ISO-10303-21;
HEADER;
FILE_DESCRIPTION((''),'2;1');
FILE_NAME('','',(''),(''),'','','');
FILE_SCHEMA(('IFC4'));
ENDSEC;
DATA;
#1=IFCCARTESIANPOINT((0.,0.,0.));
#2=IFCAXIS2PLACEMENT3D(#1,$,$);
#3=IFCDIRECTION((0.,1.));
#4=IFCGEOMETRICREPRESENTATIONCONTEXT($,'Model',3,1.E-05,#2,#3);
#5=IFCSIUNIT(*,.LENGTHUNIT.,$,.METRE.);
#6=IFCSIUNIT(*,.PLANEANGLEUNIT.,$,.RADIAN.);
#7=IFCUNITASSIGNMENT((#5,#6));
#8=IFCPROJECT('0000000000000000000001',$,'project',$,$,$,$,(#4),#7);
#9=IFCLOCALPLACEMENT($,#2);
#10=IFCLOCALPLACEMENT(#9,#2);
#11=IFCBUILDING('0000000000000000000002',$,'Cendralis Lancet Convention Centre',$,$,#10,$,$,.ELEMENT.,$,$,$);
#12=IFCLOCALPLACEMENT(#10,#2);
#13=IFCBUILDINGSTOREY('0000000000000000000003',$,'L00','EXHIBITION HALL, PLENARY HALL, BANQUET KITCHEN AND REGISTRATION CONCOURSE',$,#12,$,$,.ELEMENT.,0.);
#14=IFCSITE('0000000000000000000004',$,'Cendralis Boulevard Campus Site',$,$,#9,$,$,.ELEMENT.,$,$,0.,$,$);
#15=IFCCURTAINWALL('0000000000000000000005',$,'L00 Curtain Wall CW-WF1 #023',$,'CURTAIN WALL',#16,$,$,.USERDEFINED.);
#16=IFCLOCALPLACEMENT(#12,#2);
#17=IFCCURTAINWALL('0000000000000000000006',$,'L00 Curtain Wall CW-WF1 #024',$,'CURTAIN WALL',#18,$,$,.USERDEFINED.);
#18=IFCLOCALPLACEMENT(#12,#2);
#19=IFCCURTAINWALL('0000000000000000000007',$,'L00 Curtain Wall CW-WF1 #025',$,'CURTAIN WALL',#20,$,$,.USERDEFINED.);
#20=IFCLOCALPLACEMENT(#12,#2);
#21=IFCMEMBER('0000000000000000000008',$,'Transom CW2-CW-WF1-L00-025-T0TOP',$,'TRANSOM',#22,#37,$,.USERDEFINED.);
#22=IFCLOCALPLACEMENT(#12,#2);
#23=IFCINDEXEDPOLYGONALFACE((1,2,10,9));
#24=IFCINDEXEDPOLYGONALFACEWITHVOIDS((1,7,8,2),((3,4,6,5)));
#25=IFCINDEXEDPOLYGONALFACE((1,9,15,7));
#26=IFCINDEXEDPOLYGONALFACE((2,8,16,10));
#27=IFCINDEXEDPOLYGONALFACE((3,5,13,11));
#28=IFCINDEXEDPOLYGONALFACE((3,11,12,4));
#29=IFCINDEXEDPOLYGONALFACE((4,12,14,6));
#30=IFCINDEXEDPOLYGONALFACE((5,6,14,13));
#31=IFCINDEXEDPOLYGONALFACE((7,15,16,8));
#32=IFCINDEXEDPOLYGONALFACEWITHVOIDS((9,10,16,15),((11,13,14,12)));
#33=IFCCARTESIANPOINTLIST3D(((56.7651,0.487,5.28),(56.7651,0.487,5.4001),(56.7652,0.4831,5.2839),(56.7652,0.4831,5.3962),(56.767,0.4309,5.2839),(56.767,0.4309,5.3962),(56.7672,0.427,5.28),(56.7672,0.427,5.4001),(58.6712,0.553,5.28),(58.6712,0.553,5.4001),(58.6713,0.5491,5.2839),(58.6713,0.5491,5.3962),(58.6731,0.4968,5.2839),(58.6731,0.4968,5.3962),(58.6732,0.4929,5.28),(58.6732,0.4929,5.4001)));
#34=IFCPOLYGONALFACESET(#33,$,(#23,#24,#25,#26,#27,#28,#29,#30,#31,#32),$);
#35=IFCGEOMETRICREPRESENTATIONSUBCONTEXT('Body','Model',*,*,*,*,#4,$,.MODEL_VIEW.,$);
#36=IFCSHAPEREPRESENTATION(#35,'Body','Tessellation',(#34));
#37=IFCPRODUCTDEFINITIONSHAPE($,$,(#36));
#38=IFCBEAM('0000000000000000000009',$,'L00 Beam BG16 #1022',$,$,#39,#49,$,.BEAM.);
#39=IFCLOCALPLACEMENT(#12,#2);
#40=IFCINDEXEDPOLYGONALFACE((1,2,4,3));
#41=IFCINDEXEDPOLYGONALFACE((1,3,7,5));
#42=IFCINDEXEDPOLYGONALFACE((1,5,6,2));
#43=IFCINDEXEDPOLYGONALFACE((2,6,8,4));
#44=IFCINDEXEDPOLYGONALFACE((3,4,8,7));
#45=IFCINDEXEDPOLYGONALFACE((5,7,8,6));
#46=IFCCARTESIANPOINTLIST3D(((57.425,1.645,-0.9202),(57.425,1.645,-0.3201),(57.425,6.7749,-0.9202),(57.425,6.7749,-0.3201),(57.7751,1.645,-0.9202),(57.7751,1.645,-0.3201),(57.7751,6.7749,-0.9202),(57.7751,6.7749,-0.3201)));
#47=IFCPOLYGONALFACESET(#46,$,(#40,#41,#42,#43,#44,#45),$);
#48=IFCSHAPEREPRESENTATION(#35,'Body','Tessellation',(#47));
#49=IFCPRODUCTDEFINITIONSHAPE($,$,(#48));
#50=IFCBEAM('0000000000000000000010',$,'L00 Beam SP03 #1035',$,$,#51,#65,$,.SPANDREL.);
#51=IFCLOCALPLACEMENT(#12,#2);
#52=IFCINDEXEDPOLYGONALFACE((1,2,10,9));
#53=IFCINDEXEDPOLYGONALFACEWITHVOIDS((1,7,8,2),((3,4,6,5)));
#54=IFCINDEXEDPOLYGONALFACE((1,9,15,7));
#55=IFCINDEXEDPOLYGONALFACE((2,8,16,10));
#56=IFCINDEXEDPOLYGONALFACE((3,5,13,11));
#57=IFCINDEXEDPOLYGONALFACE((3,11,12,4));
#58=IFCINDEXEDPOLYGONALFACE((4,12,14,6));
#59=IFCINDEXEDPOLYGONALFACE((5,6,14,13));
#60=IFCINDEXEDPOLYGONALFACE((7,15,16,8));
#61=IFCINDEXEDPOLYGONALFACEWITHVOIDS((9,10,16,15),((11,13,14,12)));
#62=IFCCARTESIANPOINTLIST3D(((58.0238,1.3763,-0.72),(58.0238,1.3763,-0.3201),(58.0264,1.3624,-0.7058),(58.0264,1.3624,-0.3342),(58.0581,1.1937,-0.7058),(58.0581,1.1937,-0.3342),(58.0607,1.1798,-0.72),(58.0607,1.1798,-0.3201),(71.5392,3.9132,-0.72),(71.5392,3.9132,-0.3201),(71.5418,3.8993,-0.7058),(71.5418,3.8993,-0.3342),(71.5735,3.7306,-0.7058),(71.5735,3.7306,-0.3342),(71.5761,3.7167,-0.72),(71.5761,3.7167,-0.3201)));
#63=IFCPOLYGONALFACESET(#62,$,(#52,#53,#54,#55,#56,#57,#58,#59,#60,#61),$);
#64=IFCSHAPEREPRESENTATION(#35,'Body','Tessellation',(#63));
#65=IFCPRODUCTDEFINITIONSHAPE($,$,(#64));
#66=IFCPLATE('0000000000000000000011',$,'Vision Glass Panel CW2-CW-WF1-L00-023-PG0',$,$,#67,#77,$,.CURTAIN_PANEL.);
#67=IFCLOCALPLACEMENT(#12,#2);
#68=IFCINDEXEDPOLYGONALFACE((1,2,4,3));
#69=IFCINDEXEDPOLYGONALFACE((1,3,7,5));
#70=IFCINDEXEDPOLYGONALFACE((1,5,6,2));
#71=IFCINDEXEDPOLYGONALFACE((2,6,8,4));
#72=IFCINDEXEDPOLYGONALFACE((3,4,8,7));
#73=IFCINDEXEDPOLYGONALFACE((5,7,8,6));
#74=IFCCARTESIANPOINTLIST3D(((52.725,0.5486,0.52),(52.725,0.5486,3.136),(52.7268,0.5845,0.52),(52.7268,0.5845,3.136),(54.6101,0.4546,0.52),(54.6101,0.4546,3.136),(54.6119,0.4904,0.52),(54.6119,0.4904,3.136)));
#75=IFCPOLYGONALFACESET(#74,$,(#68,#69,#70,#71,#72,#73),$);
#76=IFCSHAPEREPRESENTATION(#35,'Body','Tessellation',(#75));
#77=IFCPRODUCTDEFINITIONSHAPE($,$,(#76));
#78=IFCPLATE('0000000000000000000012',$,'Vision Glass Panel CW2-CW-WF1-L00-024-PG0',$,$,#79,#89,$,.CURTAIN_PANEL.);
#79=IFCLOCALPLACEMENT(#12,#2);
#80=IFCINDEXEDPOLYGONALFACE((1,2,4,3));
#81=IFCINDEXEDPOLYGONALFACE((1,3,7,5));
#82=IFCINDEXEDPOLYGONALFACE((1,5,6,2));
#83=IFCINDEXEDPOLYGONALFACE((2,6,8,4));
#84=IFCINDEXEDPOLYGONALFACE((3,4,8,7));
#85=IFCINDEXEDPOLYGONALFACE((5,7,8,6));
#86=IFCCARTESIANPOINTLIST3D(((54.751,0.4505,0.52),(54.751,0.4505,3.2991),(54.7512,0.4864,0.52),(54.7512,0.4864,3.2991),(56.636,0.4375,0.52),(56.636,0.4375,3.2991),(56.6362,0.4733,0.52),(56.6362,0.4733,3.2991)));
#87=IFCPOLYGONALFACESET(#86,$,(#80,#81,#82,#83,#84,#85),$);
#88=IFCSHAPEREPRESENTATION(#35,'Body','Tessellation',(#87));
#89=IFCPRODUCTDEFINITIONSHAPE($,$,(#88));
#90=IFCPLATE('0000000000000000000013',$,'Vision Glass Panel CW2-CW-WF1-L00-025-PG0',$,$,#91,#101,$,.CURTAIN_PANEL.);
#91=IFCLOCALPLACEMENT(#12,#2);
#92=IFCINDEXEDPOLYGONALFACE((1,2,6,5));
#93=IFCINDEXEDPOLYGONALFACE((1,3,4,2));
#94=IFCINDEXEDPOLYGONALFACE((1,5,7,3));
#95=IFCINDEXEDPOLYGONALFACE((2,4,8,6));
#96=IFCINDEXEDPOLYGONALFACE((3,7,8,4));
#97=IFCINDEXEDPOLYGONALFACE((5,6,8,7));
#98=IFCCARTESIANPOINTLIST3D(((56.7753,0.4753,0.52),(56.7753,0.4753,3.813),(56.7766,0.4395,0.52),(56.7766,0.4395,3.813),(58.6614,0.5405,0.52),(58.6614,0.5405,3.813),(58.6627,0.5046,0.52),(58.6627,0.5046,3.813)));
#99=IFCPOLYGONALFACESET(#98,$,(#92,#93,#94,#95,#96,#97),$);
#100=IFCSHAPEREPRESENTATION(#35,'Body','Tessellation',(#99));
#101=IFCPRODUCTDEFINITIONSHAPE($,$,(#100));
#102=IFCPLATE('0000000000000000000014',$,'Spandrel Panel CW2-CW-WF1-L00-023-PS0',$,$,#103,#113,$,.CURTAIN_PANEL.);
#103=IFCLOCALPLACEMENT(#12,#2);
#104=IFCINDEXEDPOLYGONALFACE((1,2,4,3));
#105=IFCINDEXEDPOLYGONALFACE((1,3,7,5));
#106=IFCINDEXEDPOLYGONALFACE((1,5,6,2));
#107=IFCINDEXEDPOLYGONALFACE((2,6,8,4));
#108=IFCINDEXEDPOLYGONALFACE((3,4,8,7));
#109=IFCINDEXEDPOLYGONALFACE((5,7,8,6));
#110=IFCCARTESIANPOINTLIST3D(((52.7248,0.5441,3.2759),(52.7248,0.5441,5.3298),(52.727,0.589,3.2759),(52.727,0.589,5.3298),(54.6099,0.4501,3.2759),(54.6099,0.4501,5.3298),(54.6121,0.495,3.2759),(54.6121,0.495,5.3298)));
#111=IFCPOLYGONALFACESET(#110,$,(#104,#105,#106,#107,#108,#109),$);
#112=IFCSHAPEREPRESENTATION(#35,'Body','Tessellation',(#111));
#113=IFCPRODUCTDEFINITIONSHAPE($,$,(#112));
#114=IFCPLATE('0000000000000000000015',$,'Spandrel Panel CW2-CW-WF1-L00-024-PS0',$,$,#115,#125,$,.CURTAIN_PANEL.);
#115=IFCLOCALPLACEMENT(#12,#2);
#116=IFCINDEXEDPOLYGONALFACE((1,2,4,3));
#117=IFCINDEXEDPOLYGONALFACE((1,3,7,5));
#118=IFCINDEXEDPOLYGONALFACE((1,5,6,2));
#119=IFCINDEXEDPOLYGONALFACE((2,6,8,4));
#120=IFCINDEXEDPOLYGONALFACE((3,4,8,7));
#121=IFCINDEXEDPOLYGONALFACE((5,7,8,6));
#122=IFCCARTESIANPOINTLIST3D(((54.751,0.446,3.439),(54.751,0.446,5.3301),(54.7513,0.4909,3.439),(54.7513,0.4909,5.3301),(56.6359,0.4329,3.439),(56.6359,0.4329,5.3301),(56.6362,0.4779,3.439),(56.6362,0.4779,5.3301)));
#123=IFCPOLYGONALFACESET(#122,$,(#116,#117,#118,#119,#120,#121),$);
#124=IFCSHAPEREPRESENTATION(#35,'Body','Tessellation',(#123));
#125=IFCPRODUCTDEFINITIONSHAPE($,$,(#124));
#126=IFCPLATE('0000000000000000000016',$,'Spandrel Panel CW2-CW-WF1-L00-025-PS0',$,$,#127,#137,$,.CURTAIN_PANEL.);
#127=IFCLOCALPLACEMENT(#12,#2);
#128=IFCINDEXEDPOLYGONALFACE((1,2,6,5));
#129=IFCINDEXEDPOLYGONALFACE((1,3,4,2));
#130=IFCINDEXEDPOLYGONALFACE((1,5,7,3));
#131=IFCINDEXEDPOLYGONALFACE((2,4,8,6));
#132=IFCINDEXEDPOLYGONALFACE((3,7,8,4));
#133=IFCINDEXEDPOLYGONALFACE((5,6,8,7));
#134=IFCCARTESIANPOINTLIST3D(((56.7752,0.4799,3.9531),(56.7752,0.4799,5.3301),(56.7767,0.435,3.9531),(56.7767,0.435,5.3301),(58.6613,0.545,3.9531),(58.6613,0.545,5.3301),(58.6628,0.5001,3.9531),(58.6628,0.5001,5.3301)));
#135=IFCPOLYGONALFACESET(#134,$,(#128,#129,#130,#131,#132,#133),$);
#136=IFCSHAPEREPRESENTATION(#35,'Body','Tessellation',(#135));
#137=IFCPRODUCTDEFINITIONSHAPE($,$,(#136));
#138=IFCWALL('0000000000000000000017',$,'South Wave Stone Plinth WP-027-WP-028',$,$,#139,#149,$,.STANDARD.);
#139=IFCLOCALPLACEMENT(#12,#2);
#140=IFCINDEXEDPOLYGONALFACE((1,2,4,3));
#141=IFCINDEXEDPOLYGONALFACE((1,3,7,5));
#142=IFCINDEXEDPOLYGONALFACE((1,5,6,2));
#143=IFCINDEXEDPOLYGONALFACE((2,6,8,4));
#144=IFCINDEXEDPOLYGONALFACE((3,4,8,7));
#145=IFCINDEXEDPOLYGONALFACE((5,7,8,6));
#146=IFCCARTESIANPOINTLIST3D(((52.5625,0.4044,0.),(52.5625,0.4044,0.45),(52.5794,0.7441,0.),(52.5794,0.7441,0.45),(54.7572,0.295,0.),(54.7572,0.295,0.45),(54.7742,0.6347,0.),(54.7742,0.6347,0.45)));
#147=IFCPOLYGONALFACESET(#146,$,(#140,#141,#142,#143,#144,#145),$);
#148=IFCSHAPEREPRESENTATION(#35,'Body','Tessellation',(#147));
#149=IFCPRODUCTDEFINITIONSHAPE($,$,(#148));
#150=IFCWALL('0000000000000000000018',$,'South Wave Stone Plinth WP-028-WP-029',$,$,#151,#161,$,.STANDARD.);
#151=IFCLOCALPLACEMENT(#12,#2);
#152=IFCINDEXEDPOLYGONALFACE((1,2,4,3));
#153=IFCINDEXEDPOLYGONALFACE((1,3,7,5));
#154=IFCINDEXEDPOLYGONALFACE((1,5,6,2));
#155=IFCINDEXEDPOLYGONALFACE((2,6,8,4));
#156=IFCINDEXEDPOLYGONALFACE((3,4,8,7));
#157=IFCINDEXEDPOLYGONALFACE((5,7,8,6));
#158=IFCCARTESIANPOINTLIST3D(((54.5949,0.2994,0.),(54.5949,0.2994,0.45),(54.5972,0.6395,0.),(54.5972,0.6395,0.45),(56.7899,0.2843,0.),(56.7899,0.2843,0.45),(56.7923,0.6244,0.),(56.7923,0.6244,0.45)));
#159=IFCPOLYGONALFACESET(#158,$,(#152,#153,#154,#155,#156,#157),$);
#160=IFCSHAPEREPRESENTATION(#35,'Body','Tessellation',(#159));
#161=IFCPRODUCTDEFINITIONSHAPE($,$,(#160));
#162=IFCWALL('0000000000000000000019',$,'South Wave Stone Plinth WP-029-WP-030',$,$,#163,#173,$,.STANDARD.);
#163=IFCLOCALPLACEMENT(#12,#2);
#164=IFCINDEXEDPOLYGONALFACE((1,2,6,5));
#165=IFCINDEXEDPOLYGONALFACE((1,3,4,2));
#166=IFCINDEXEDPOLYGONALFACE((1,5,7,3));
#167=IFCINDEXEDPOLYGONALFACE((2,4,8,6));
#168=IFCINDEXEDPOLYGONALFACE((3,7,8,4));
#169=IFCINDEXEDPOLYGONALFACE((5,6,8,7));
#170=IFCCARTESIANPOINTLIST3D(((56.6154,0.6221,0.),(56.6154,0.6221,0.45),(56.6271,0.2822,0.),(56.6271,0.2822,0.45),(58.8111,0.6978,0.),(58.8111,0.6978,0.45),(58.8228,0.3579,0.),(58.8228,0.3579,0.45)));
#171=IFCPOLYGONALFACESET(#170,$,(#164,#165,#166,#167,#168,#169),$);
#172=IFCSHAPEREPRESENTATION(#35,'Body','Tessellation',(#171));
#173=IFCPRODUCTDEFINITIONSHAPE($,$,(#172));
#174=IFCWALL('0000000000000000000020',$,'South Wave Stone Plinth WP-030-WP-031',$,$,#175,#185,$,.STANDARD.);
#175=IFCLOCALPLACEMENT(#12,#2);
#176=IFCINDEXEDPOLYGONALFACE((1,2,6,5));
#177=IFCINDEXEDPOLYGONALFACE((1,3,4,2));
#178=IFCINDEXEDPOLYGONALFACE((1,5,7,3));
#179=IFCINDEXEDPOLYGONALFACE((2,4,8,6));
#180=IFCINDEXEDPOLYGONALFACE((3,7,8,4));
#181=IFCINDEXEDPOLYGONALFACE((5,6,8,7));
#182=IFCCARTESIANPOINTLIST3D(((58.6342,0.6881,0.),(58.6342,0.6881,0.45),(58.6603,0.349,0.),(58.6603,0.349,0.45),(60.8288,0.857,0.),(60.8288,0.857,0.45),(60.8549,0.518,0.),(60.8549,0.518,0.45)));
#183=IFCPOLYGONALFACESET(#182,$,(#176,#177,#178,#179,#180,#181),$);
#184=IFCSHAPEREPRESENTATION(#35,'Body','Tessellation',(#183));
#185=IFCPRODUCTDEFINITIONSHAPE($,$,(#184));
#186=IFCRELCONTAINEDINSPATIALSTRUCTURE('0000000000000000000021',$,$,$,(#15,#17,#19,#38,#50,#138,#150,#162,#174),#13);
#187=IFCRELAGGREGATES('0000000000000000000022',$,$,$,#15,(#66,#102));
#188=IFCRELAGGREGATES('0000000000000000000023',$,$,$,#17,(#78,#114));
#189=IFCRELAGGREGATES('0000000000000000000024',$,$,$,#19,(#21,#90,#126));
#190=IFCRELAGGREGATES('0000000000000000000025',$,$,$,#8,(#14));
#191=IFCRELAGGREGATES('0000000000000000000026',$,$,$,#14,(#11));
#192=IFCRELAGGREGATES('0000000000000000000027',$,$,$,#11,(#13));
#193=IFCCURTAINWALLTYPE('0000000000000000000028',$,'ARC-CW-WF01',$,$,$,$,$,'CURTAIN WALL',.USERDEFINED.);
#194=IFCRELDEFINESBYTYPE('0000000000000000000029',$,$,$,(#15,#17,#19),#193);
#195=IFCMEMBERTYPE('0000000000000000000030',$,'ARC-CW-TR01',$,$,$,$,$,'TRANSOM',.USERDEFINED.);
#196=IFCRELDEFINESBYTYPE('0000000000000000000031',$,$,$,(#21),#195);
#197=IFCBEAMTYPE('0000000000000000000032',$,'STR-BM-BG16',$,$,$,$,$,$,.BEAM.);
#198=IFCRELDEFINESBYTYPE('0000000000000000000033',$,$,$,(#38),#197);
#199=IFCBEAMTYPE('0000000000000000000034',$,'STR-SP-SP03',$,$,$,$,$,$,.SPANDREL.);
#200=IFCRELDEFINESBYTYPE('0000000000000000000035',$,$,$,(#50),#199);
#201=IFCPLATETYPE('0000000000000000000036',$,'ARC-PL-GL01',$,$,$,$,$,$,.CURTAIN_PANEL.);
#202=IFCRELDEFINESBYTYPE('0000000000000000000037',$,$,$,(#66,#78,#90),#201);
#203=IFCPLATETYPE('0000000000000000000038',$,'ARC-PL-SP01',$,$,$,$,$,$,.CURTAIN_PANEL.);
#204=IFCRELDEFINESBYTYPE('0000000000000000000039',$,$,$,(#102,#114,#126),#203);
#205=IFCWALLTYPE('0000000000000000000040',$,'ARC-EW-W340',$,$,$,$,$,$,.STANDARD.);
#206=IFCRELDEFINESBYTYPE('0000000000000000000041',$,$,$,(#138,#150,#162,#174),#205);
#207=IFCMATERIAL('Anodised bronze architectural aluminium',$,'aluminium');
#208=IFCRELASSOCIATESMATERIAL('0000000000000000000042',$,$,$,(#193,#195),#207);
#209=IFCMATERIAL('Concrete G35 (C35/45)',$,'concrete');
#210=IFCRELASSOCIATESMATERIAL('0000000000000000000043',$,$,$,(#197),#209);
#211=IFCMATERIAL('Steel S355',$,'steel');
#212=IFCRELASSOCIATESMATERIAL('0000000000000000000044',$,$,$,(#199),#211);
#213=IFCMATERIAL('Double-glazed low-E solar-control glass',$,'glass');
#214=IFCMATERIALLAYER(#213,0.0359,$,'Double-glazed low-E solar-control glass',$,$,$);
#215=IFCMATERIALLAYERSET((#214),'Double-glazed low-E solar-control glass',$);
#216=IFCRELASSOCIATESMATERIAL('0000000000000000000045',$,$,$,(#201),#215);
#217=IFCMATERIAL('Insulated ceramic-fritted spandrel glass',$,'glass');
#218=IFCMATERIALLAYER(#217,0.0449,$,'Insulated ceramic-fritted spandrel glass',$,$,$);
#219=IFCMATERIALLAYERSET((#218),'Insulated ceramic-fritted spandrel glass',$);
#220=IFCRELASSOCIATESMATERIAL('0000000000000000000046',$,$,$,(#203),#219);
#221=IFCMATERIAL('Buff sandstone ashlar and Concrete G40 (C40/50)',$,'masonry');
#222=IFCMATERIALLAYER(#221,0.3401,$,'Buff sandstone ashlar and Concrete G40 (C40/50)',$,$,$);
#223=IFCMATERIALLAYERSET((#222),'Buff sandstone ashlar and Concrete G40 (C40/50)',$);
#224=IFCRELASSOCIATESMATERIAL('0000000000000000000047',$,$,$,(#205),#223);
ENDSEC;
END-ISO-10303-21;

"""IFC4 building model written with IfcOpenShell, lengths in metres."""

from ifc_helpers import new_model, si_unit, direction, frame, frame_2d, origin, origin_2d, place, context, subcontext, project, spatial, rectangle, hollow_rectangle, extrude, material, layer, layer_set, material_profile, profile_set, type_object, element, aggregate, save


model = new_model("IFC4")

# Units and contexts
model_context = context("Model", 3, precision=1e-05, world=origin(), true_north=direction((0.0, 1.0)))
body_context = subcontext(model_context, "Body", "Model", "MODEL_VIEW")
ifc_project = project(units=[si_unit("LENGTHUNIT", "METRE"), si_unit("PLANEANGLEUNIT", "RADIAN")], contexts=[model_context])

# Site, building, storey
site_placement = place(None, origin())
site = spatial("IfcSite", under=ifc_project, at=site_placement, Name="Cendralis Boulevard Campus Site", CompositionType="ELEMENT", RefElevation=0.0)
building_placement = place(site_placement, origin())
building = spatial("IfcBuilding", under=site, at=building_placement, Name="Cendralis Lancet Convention Centre", CompositionType="ELEMENT")
storey_placement = place(building_placement, origin())
storey = spatial("IfcBuildingStorey", under=building, at=storey_placement, Name="L00", Description="EXHIBITION HALL, PLENARY HALL, BANQUET KITCHEN AND REGISTRATION CONCOURSE", CompositionType="ELEMENT", Elevation=0.0)

# Shared definitions
ifc_material_1 = material(Name="Concrete G35 (C35/45)", Category="concrete")

# Curtain walls
ifc_material_2 = material(Name="Anodised bronze architectural aluminium", Category="aluminium")
curtain_wall_type = type_object("IfcCurtainWallType", Name="ARC-CW-WF01", ElementType="CURTAIN WALL", PredefinedType="USERDEFINED", material=ifc_material_2)
curtain_wall_1_placement = place(storey_placement, origin())
curtain_wall_1 = element("IfcCurtainWall", 1, at=curtain_wall_1_placement, inside=storey, type_object=curtain_wall_type, Name="L00 Curtain Wall CW-WF1 #023", ObjectType="CURTAIN WALL", PredefinedType="USERDEFINED")
curtain_wall_2_placement = place(storey_placement, origin())
curtain_wall_2 = element("IfcCurtainWall", 2, at=curtain_wall_2_placement, inside=storey, type_object=curtain_wall_type, Name="L00 Curtain Wall CW-WF1 #024", ObjectType="CURTAIN WALL", PredefinedType="USERDEFINED")

# Curtain wall
curtain_wall_3_placement = place(storey_placement, origin())
curtain_wall_3 = element("IfcCurtainWall", 3, at=curtain_wall_3_placement, inside=storey, type_object=curtain_wall_type, Name="L00 Curtain Wall CW-WF1 #025", ObjectType="CURTAIN WALL", PredefinedType="USERDEFINED")

# Member
ifc_material_profile_1 = material_profile(ifc_material_2, hollow_rectangle(XDim=0.0601, YDim=0.1201, WallThickness=0.0039, at=origin_2d()), Name="AL-TRAN 60x120x4.0")
ifc_profile_set_1 = profile_set([ifc_material_profile_1], Name="Anodised bronze architectural aluminium")
member_type_1 = type_object("IfcMemberType", Name="ARC-CW-TR01", ElementType="TRANSOM", PredefinedType="USERDEFINED", material=ifc_profile_set_1)
member_1_placement = place(storey_placement, frame((56.7661, 0.457, 5.3401), z_axis=(0.999402, 0.034564, 0.0), x_axis=(-0.034564, 0.999402, 0.0)))
member_1 = element("IfcMember", 4, at=member_1_placement, type_object=member_type_1, Name="Transom CW2-CW-WF1-L00-025-T0TOP", ObjectType="TRANSOM", PredefinedType="USERDEFINED", context=body_context, shape_type="SweptSolid", body=[
    extrude(hollow_rectangle(XDim=0.0601, YDim=0.1201, WallThickness=0.0039, at=origin_2d()), origin(), (0.0, 0.0, 1.0), 1.9072),
])

# Beams
ifc_material_profile_2 = material_profile(ifc_material_1, rectangle(XDim=0.3501, YDim=0.6001, at=origin_2d()), Name="RCB 350x600")
ifc_profile_set_2 = profile_set([ifc_material_profile_2], Name="Concrete G35 (C35/45)")
beam_type_1 = type_object("IfcBeamType", Name="STR-BM-BG16", PredefinedType="BEAM", material=ifc_profile_set_2)
beam_1_placement = place(storey_placement, frame((57.6001, 1.645, -0.6201), z_axis=(0.0, 1.0, 0.0), x_axis=(-1.0, 0.0, 0.0)))
element("IfcBeam", 5, at=beam_1_placement, inside=storey, type_object=beam_type_1, Name="L00 Beam BG16 #1022", PredefinedType="BEAM", context=body_context, shape_type="SweptSolid", body=[
    extrude(rectangle(XDim=0.3501, YDim=0.6001, at=origin_2d()), origin(), (0.0, 0.0, 1.0), 5.1299),
])
ifc_material_3 = material(Name="Steel S355", Category="steel")
ifc_material_profile_3 = material_profile(ifc_material_3, hollow_rectangle(XDim=0.2, YDim=0.3999, WallThickness=0.0142, at=origin_2d()), Name="RHS 400x200x14.2")
ifc_profile_set_3 = profile_set([ifc_material_profile_3], Name="Steel S355")
beam_type_2 = type_object("IfcBeamType", Name="STR-SP-SP03", PredefinedType="SPANDREL", material=ifc_profile_set_3)
beam_2_placement = place(storey_placement, frame((58.0422, 1.2781, -0.52), z_axis=(0.982836, 0.18448, 0.0), x_axis=(-0.18448, 0.982836, 0.0)))
element("IfcBeam", 6, at=beam_2_placement, inside=storey, type_object=beam_type_2, Name="L00 Beam SP03 #1035", PredefinedType="SPANDREL", context=body_context, shape_type="SweptSolid", body=[
    extrude(hollow_rectangle(XDim=0.2, YDim=0.3999, WallThickness=0.0142, at=origin_2d()), origin(), (0.0, 0.0, 1.0), 13.7515),
])

# Plates
ifc_material_4 = material(Name="Double-glazed low-E solar-control glass", Category="glass")
ifc_layer_1 = layer(ifc_material_4, 0.0359, Name="Double-glazed low-E solar-control glass")
ifc_layer_set_1 = layer_set([ifc_layer_1], Name="Double-glazed low-E solar-control glass")
plate_type_1 = type_object("IfcPlateType", Name="ARC-PL-GL01", PredefinedType="CURTAIN_PANEL", material=ifc_layer_set_1)
plate_1_placement = place(storey_placement, frame((53.6685, 0.5195, 0.52), z_axis=(0.0, 0.0, 1.0), x_axis=(0.998758, -0.049815, 0.0)))
plate_1 = element("IfcPlate", 7, at=plate_1_placement, type_object=plate_type_1, Name="Vision Glass Panel CW2-CW-WF1-L00-023-PG0", PredefinedType="CURTAIN_PANEL", context=body_context, shape_type="SweptSolid", body=[
    extrude(rectangle(XDim=1.8875, YDim=0.0359, at=origin_2d()), origin(), (0.0, 0.0, 1.0), 2.616),
])
plate_2_placement = place(storey_placement, frame((55.6936, 0.4619, 0.52), z_axis=(0.0, 0.0, 1.0), x_axis=(0.999976, -0.006913, 0.0)))
plate_2 = element("IfcPlate", 8, at=plate_2_placement, type_object=plate_type_1, Name="Vision Glass Panel CW2-CW-WF1-L00-024-PG0", PredefinedType="CURTAIN_PANEL", context=body_context, shape_type="SweptSolid", body=[
    extrude(rectangle(XDim=1.885, YDim=0.0359, at=origin_2d()), origin(), (0.0, 0.0, 1.0), 2.7791),
])
plate_3_placement = place(storey_placement, frame((57.719, 0.49, 0.52), z_axis=(0.0, 0.0, 1.0), x_axis=(0.999404, 0.03453, 0.0)))
plate_3 = element("IfcPlate", 9, at=plate_3_placement, type_object=plate_type_1, Name="Vision Glass Panel CW2-CW-WF1-L00-025-PG0", PredefinedType="CURTAIN_PANEL", context=body_context, shape_type="SweptSolid", body=[
    extrude(rectangle(XDim=1.8872, YDim=0.0359, at=origin_2d()), origin(), (0.0, 0.0, 1.0), 3.293),
])
ifc_material_5 = material(Name="Insulated ceramic-fritted spandrel glass", Category="glass")
ifc_layer_2 = layer(ifc_material_5, 0.0449, Name="Insulated ceramic-fritted spandrel glass")
ifc_layer_set_2 = layer_set([ifc_layer_2], Name="Insulated ceramic-fritted spandrel glass")
plate_type_2 = type_object("IfcPlateType", Name="ARC-PL-SP01", PredefinedType="CURTAIN_PANEL", material=ifc_layer_set_2)
plate_4_placement = place(storey_placement, frame((53.6685, 0.5195, 3.2759), z_axis=(0.0, 0.0, 1.0), x_axis=(0.998758, -0.049815, 0.0)))
plate_4 = element("IfcPlate", 10, at=plate_4_placement, type_object=plate_type_2, Name="Spandrel Panel CW2-CW-WF1-L00-023-PS0", PredefinedType="CURTAIN_PANEL", context=body_context, shape_type="SweptSolid", body=[
    extrude(rectangle(XDim=1.8875, YDim=0.0449, at=origin_2d()), origin(), (0.0, 0.0, 1.0), 2.054),
])
aggregate(curtain_wall_1, [plate_1, plate_4])
plate_5_placement = place(storey_placement, frame((55.6936, 0.4619, 3.439), z_axis=(0.0, 0.0, 1.0), x_axis=(0.999976, -0.006913, 0.0)))
plate_5 = element("IfcPlate", 11, at=plate_5_placement, type_object=plate_type_2, Name="Spandrel Panel CW2-CW-WF1-L00-024-PS0", PredefinedType="CURTAIN_PANEL", context=body_context, shape_type="SweptSolid", body=[
    extrude(rectangle(XDim=1.885, YDim=0.0449, at=origin_2d()), origin(), (0.0, 0.0, 1.0), 1.8911),
])
aggregate(curtain_wall_2, [plate_2, plate_5])
plate_6_placement = place(storey_placement, frame((57.719, 0.49, 3.9531), z_axis=(0.0, 0.0, 1.0), x_axis=(0.999404, 0.03453, 0.0)))
plate_6 = element("IfcPlate", 12, at=plate_6_placement, type_object=plate_type_2, Name="Spandrel Panel CW2-CW-WF1-L00-025-PS0", PredefinedType="CURTAIN_PANEL", context=body_context, shape_type="SweptSolid", body=[
    extrude(rectangle(XDim=1.8872, YDim=0.0449, at=origin_2d()), origin(), (0.0, 0.0, 1.0), 1.377),
])
aggregate(curtain_wall_3, [member_1, plate_3, plate_6])

# Shared definitions
ifc_material_6 = material(Name="Buff sandstone ashlar and Concrete G40 (C40/50)", Category="masonry")
ifc_layer_3 = layer(ifc_material_6, 0.3401, Name="Buff sandstone ashlar and Concrete G40 (C40/50)")
ifc_layer_set_3 = layer_set([ifc_layer_3], Name="Buff sandstone ashlar and Concrete G40 (C40/50)")
wall_type = type_object("IfcWallType", Name="ARC-EW-W340", PredefinedType="STANDARD", material=ifc_layer_set_3)

# Walls
wall_1_placement = place(storey_placement, frame((52.571, 0.5742, 0.0), z_axis=(0.0, 0.0, 1.0), x_axis=(0.998761, -0.049771, 0.0)))
element("IfcWall", 13, at=wall_1_placement, inside=storey, type_object=wall_type, Name="South Wave Stone Plinth WP-027-WP-028", PredefinedType="STANDARD", context=body_context, shape_type="SweptSolid", body=[
    extrude(rectangle(XDim=2.1975, YDim=0.3401, at=frame_2d((1.0986, 0.0))), origin(), (0.0, 0.0, 1.0), 0.45),
])
wall_2_placement = place(storey_placement, frame((54.5959, 0.4695, 0.0), z_axis=(0.0, 0.0, 1.0), x_axis=(0.999976, -0.006896, 0.0)))
element("IfcWall", 14, at=wall_2_placement, inside=storey, type_object=wall_type, Name="South Wave Stone Plinth WP-028-WP-029", PredefinedType="STANDARD", context=body_context, shape_type="SweptSolid", body=[
    extrude(rectangle(XDim=2.1951, YDim=0.3401, at=frame_2d((1.0977, 0.0))), origin(), (0.0, 0.0, 1.0), 0.45),
])
wall_3_placement = place(storey_placement, frame((56.6211, 0.4521, 0.0), z_axis=(0.0, 0.0, 1.0), x_axis=(0.999407, 0.034447, 0.0)))
element("IfcWall", 15, at=wall_3_placement, inside=storey, type_object=wall_type, Name="South Wave Stone Plinth WP-029-WP-030", PredefinedType="STANDARD", context=body_context, shape_type="SweptSolid", body=[
    extrude(rectangle(XDim=2.197, YDim=0.3401, at=frame_2d((1.0986, 0.0))), origin(), (0.0, 0.0, 1.0), 0.45),
])
wall_4_placement = place(storey_placement, frame((58.6472, 0.5186, 0.0), z_axis=(0.0, 0.0, 1.0), x_axis=(0.99705, 0.076756, 0.0)))
element("IfcWall", 16, at=wall_4_placement, inside=storey, type_object=wall_type, Name="South Wave Stone Plinth WP-030-WP-031", PredefinedType="STANDARD", context=body_context, shape_type="SweptSolid", body=[
    extrude(rectangle(XDim=2.2012, YDim=0.3401, at=frame_2d((1.1006, 0.0))), origin(), (0.0, 0.0, 1.0), 0.45),
])

save(model, "model.ifc")
